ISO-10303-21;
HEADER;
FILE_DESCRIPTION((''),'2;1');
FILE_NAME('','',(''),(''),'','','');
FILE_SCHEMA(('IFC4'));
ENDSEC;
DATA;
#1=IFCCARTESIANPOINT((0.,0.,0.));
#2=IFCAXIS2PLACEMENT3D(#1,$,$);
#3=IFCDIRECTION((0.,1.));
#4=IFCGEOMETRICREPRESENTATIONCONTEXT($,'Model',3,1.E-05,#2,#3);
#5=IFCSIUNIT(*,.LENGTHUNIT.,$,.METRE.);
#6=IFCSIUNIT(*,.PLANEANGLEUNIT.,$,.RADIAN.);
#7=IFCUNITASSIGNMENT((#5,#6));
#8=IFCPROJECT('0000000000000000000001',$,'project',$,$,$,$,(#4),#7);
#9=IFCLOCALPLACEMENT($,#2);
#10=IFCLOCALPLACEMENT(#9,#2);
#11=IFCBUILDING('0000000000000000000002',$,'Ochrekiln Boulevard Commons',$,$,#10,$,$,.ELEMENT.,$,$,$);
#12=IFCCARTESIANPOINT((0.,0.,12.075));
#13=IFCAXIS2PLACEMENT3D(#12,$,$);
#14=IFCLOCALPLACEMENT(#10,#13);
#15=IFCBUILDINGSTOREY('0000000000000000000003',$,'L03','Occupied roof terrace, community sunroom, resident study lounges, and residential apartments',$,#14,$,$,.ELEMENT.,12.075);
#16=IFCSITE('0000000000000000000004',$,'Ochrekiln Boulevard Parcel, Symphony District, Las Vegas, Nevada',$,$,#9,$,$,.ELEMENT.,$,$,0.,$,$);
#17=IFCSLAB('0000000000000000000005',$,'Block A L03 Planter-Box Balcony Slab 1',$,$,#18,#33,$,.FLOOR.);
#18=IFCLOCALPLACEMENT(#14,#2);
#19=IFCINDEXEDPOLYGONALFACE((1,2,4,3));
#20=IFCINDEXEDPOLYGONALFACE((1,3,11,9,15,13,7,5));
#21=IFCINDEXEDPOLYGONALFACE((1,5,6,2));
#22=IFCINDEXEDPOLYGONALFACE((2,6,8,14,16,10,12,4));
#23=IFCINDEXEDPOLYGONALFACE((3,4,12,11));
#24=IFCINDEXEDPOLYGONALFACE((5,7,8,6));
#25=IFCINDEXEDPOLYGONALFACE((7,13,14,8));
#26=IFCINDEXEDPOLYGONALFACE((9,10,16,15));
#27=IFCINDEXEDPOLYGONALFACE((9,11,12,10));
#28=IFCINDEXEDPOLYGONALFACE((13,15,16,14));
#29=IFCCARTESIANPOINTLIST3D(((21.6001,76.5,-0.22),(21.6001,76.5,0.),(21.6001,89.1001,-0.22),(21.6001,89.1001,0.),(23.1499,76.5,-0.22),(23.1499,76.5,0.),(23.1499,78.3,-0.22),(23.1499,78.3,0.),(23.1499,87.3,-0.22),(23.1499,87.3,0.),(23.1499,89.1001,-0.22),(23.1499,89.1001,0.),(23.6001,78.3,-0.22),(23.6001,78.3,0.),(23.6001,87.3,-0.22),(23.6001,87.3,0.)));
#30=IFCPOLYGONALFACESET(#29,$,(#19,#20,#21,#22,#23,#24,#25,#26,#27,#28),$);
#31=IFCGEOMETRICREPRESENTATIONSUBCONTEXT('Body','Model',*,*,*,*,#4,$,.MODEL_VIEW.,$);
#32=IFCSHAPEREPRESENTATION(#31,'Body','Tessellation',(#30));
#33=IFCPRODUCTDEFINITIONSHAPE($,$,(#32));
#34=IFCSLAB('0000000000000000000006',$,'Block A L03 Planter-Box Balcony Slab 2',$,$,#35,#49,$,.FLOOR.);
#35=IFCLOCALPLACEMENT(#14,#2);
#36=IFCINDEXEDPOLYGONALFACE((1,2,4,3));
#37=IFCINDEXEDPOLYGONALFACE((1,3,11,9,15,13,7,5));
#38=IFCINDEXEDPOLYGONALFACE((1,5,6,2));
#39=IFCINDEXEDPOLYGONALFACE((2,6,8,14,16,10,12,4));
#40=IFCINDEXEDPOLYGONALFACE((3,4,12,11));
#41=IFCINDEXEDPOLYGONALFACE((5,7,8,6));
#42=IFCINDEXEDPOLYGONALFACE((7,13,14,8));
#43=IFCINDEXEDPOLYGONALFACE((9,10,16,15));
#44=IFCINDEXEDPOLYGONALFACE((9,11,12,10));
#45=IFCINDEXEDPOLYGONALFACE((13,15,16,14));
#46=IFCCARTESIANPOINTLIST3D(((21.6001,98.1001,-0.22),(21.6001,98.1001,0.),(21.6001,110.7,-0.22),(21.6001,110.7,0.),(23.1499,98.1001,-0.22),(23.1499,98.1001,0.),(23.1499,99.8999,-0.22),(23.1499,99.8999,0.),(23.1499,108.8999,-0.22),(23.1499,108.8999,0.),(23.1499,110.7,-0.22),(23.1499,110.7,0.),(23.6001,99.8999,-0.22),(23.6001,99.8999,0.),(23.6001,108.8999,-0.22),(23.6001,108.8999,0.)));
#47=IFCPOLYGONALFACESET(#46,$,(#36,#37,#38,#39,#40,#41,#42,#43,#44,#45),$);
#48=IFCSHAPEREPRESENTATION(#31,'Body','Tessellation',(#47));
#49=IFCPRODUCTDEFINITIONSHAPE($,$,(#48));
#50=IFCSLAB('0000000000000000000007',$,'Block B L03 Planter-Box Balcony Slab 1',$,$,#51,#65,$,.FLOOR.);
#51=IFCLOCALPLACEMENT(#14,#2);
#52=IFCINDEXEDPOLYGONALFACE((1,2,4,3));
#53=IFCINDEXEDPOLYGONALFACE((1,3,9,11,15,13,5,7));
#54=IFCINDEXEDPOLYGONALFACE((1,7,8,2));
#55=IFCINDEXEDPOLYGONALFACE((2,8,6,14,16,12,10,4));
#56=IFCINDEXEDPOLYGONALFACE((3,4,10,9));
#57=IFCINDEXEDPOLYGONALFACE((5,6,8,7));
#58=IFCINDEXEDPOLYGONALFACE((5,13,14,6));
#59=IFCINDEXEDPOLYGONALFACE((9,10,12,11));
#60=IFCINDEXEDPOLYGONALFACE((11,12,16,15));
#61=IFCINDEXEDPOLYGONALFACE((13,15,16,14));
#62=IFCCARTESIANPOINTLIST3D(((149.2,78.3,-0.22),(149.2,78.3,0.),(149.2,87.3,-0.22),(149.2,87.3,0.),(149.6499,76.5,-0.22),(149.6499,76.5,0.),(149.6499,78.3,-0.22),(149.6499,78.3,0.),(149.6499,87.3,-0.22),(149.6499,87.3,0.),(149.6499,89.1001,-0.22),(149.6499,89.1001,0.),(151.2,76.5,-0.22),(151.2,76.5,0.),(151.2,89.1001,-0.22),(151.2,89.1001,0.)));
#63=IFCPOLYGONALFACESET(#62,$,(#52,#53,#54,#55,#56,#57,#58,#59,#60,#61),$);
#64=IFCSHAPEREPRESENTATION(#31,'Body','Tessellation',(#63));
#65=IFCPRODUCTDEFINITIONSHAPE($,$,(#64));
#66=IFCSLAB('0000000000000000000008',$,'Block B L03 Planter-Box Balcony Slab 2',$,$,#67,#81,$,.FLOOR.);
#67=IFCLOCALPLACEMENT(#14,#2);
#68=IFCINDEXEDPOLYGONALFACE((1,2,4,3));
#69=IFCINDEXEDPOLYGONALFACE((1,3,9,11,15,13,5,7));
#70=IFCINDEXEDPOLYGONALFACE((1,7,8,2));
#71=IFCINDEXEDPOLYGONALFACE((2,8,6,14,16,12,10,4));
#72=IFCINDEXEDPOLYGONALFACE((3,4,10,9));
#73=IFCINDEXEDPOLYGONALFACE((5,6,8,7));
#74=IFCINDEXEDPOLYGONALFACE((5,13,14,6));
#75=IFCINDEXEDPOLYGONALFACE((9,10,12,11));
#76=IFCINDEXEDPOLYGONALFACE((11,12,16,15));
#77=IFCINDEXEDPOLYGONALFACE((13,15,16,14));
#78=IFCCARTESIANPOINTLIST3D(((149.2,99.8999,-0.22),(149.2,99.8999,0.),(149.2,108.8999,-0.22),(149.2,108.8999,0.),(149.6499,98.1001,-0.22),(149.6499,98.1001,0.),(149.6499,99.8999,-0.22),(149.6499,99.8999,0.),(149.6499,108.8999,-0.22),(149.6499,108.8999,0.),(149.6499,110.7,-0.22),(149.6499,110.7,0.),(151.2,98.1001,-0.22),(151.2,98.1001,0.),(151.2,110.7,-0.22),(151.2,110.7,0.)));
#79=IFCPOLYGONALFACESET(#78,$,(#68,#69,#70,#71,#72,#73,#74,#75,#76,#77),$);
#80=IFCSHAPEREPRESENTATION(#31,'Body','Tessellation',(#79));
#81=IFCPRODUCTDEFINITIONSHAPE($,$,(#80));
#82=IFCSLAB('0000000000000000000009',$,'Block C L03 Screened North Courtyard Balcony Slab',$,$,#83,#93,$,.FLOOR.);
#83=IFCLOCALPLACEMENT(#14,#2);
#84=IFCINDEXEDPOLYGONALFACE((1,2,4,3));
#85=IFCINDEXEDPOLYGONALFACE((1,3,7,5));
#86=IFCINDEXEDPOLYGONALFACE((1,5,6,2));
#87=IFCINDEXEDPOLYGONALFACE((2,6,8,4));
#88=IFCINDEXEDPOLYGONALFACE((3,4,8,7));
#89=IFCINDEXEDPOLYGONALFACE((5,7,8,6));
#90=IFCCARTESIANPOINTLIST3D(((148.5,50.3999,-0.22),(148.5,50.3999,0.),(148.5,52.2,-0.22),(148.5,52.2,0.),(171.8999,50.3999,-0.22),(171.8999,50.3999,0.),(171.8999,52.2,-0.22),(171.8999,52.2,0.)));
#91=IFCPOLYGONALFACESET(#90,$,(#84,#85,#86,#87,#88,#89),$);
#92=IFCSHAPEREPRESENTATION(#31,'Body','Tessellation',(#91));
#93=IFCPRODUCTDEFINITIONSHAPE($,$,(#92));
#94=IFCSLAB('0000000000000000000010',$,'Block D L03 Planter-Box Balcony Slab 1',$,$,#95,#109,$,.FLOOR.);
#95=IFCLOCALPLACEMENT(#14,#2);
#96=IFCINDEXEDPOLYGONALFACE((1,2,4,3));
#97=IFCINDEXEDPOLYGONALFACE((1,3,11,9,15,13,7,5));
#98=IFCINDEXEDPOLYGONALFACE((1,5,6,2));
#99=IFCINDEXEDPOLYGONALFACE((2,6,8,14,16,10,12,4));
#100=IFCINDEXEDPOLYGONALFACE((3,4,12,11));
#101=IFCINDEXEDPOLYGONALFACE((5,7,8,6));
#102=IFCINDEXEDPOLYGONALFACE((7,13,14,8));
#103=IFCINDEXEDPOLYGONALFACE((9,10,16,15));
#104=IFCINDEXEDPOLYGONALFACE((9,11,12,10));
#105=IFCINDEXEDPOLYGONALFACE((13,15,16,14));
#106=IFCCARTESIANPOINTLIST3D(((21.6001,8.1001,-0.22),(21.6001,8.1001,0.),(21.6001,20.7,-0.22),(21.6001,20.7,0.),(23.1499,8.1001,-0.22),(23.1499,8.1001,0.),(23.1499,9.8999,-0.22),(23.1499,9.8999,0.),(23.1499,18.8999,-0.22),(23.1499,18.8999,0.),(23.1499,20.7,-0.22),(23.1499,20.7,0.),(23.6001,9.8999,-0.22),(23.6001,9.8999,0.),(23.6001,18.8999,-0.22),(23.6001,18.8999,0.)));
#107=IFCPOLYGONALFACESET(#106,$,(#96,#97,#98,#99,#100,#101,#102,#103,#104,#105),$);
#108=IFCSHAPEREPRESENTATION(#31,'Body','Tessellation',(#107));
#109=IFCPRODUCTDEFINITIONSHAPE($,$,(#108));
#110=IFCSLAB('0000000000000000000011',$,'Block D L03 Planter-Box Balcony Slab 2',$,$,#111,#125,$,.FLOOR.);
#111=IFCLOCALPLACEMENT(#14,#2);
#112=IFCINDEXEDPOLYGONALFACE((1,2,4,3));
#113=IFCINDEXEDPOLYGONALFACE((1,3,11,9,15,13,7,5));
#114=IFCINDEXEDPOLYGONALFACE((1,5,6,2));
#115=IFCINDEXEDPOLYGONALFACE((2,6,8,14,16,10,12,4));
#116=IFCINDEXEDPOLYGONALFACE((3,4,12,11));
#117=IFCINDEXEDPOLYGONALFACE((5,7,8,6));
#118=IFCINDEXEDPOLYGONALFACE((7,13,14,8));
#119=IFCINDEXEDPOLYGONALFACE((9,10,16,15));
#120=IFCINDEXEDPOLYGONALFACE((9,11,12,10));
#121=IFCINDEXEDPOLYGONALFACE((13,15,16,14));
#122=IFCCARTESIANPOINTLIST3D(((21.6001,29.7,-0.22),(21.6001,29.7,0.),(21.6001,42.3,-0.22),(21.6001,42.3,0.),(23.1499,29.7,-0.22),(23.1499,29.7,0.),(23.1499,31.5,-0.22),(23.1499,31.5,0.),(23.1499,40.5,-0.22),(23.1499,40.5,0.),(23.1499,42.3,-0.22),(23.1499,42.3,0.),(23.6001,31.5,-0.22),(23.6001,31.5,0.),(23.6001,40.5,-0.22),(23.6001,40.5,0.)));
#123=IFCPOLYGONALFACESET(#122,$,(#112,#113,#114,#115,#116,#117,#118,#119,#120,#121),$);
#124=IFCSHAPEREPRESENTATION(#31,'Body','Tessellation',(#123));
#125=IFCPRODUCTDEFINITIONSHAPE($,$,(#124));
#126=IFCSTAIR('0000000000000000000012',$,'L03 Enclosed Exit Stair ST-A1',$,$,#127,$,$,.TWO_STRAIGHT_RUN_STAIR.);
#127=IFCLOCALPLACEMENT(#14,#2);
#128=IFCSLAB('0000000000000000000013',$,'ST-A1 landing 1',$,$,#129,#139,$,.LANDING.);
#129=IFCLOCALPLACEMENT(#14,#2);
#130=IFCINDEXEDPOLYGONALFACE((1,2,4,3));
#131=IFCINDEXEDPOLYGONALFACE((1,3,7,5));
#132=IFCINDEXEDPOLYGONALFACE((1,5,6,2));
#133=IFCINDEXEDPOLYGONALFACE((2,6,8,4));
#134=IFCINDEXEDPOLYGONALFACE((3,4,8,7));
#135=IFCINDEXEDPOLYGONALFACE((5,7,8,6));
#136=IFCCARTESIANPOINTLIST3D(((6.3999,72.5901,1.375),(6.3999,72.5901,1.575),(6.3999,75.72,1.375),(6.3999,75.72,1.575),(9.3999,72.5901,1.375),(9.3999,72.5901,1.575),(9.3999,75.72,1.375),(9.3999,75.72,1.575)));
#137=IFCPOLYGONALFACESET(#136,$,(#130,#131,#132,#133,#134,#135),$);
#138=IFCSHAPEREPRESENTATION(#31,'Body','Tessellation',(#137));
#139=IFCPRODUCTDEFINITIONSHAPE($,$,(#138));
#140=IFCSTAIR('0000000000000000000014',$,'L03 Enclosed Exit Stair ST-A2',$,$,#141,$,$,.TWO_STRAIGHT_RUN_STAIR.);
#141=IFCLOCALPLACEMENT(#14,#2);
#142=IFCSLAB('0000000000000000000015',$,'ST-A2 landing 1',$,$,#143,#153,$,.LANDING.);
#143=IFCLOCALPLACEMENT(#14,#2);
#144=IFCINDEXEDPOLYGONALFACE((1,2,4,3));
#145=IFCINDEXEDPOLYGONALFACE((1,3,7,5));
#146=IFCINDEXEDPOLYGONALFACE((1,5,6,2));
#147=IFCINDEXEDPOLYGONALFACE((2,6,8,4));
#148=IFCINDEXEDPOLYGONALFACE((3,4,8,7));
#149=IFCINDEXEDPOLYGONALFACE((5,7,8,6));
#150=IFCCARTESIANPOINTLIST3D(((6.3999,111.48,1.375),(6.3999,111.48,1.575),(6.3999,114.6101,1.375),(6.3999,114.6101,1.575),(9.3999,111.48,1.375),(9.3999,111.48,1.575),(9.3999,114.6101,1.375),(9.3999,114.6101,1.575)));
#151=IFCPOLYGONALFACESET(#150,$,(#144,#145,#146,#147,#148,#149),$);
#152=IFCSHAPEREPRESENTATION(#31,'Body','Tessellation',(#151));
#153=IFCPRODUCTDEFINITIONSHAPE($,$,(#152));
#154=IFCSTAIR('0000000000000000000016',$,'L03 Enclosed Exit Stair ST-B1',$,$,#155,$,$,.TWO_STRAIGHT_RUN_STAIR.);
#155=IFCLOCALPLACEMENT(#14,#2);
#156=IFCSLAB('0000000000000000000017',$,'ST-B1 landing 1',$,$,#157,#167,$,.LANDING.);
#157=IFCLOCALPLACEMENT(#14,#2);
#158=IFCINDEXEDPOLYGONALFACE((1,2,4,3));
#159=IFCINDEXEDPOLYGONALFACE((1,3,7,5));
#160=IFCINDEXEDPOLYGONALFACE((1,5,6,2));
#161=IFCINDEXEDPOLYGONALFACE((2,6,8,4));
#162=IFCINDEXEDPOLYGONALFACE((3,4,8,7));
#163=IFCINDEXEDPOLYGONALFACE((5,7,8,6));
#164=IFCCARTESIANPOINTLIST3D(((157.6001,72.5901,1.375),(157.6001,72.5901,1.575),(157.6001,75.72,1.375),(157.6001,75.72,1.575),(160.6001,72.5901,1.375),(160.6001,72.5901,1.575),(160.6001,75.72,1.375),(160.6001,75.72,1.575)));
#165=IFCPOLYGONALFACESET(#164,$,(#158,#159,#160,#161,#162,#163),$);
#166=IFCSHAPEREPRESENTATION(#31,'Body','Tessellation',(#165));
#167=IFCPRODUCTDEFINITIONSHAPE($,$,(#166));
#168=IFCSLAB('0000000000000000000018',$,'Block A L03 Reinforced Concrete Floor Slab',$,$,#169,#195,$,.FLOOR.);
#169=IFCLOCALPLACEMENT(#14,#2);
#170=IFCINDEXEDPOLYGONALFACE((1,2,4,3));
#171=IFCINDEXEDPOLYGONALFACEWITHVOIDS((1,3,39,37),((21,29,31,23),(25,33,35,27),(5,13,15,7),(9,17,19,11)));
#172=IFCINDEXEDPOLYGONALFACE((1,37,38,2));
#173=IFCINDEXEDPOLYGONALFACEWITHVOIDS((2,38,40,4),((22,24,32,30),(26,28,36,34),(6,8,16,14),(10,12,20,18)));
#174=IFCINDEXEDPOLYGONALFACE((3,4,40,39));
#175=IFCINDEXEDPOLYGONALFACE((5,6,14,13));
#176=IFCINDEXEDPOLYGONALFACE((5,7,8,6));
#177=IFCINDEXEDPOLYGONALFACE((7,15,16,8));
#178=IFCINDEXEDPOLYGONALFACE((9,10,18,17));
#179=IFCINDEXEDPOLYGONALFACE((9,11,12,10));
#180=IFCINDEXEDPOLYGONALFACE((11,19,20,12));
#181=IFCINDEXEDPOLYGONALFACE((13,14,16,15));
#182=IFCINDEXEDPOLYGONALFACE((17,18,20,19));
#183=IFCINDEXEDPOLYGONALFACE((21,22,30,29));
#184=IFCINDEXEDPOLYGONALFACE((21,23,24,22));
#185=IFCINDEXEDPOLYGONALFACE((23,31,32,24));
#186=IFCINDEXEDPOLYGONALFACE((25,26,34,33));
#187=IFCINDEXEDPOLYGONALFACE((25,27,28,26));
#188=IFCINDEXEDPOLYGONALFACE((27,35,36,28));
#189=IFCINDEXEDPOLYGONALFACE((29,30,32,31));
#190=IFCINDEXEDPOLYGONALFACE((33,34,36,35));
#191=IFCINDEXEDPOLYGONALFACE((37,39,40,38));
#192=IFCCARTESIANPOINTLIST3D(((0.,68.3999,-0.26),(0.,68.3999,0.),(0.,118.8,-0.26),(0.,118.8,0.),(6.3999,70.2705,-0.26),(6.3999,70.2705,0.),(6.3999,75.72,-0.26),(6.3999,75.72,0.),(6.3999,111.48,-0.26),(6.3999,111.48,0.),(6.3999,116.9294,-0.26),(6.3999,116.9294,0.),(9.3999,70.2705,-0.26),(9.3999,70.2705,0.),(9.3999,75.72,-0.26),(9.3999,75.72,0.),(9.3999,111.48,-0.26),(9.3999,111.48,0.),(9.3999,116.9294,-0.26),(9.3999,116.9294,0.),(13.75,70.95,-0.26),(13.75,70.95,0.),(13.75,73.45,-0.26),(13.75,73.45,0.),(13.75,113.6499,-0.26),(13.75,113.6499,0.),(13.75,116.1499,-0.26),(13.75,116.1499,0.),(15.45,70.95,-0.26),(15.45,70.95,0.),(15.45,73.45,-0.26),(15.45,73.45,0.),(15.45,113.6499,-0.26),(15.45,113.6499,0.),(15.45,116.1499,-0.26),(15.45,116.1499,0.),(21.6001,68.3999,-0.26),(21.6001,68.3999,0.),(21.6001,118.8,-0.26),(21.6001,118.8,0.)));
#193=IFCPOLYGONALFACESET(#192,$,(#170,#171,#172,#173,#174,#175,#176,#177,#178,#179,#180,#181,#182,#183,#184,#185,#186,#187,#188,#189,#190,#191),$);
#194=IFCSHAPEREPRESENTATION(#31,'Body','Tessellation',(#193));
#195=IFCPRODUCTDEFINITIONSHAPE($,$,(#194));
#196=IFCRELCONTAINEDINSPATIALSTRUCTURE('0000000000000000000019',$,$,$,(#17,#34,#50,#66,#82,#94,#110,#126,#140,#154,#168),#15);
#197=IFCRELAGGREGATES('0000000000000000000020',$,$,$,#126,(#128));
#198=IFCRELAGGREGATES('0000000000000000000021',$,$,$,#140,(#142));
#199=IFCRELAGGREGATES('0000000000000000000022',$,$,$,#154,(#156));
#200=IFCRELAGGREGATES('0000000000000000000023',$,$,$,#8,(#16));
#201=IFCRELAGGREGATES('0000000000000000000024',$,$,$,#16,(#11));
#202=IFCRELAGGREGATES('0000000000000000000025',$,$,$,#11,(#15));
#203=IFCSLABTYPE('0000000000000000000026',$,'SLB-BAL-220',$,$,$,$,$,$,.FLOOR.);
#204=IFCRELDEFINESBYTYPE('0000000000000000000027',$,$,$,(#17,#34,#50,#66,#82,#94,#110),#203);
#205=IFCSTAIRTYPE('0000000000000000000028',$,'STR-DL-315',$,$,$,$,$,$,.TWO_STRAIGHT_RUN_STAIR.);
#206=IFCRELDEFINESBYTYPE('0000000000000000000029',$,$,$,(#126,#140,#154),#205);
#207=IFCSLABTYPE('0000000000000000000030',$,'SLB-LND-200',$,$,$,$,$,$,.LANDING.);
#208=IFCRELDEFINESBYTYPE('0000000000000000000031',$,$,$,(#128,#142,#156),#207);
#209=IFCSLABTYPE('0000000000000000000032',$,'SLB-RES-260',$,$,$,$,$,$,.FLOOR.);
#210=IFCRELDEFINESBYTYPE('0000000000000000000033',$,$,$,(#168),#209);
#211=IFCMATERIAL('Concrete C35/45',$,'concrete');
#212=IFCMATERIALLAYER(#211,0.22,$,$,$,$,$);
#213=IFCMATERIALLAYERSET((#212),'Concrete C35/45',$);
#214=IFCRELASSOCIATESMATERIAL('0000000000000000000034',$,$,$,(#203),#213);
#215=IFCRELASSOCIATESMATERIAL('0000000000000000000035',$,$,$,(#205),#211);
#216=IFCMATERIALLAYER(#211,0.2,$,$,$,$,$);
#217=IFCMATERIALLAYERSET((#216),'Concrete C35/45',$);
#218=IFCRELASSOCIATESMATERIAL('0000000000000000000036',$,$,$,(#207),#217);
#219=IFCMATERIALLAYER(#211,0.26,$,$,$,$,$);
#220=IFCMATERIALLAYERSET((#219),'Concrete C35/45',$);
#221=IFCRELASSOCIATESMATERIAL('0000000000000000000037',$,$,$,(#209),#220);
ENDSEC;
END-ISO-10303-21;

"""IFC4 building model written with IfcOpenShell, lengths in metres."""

from ifc_helpers import new_model, si_unit, direction, frame, origin, place, context, subcontext, project, spatial, polyline, outline, extrude, material, layer, layer_set, type_object, element, aggregate, save


model = new_model("IFC4")

# Units and contexts
model_context = context("Model", 3, precision=1e-05, world=origin(), true_north=direction((0.0, 1.0)))
body_context = subcontext(model_context, "Body", "Model", "MODEL_VIEW")
ifc_project = project(units=[si_unit("LENGTHUNIT", "METRE"), si_unit("PLANEANGLEUNIT", "RADIAN")], contexts=[model_context])

# Site, building, storey
site_placement = place(None, origin())
site = spatial("IfcSite", under=ifc_project, at=site_placement, Name="Ochrekiln Boulevard Parcel, Symphony District, Las Vegas, Nevada", CompositionType="ELEMENT", RefElevation=0.0)
building_placement = place(site_placement, origin())
building = spatial("IfcBuilding", under=site, at=building_placement, Name="Ochrekiln Boulevard Commons", CompositionType="ELEMENT")
storey_placement = place(building_placement, frame((0.0, 0.0, 12.075)))
storey = spatial("IfcBuildingStorey", under=building, at=storey_placement, Name="L03", Description="Occupied roof terrace, community sunroom, resident study lounges, and residential apartments", CompositionType="ELEMENT", Elevation=12.075)

# Slabs
ifc_material_1 = material(Name="Concrete C35/45", Category="concrete")
ifc_layer_1 = layer(ifc_material_1, 0.22)
ifc_layer_set_1 = layer_set([ifc_layer_1], Name="Concrete C35/45")
slab_type_1 = type_object("IfcSlabType", Name="SLB-BAL-220", PredefinedType="FLOOR", material=ifc_layer_set_1)
slab_1_placement = place(storey_placement, frame((0.0, 0.0, -0.22)))
element("IfcSlab", 1, at=slab_1_placement, inside=storey, type_object=slab_type_1, Name="Block A L03 Planter-Box Balcony Slab 1", PredefinedType="FLOOR", context=body_context, shape_type="SweptSolid", body=[
    extrude(outline(polyline([(21.6001, 76.5), (23.1499, 76.5), (23.1499, 78.3), (23.6001, 78.3), (23.6001, 87.3), (23.1499, 87.3), (23.1499, 89.1001), (21.6001, 89.1001), (21.6001, 76.5)])), origin(), (0.0, 0.0, 1.0), 0.22),
])
slab_2_placement = place(storey_placement, frame((0.0, 0.0, -0.22)))
element("IfcSlab", 2, at=slab_2_placement, inside=storey, type_object=slab_type_1, Name="Block A L03 Planter-Box Balcony Slab 2", PredefinedType="FLOOR", context=body_context, shape_type="SweptSolid", body=[
    extrude(outline(polyline([(21.6001, 98.1001), (23.1499, 98.1001), (23.1499, 99.8999), (23.6001, 99.8999), (23.6001, 108.8999), (23.1499, 108.8999), (23.1499, 110.7), (21.6001, 110.7), (21.6001, 98.1001)])), origin(), (0.0, 0.0, 1.0), 0.22),
])
slab_3_placement = place(storey_placement, frame((0.0, 0.0, -0.22)))
element("IfcSlab", 3, at=slab_3_placement, inside=storey, type_object=slab_type_1, Name="Block B L03 Planter-Box Balcony Slab 1", PredefinedType="FLOOR", context=body_context, shape_type="SweptSolid", body=[
    extrude(outline(polyline([(151.2, 76.5), (151.2, 89.1001), (149.6499, 89.1001), (149.6499, 87.3), (149.2, 87.3), (149.2, 78.3), (149.6499, 78.3), (149.6499, 76.5), (151.2, 76.5)])), origin(), (0.0, 0.0, 1.0), 0.22),
])
slab_4_placement = place(storey_placement, frame((0.0, 0.0, -0.22)))
element("IfcSlab", 4, at=slab_4_placement, inside=storey, type_object=slab_type_1, Name="Block B L03 Planter-Box Balcony Slab 2", PredefinedType="FLOOR", context=body_context, shape_type="SweptSolid", body=[
    extrude(outline(polyline([(151.2, 98.1001), (151.2, 110.7), (149.6499, 110.7), (149.6499, 108.8999), (149.2, 108.8999), (149.2, 99.8999), (149.6499, 99.8999), (149.6499, 98.1001), (151.2, 98.1001)])), origin(), (0.0, 0.0, 1.0), 0.22),
])
slab_5_placement = place(storey_placement, frame((0.0, 0.0, -0.22)))
element("IfcSlab", 5, at=slab_5_placement, inside=storey, type_object=slab_type_1, Name="Block C L03 Screened North Courtyard Balcony Slab", PredefinedType="FLOOR", context=body_context, shape_type="SweptSolid", body=[
    extrude(outline(polyline([(148.5, 50.3999), (171.8999, 50.3999), (171.8999, 52.2), (148.5, 52.2), (148.5, 50.3999)])), origin(), (0.0, 0.0, 1.0), 0.22),
])
slab_6_placement = place(storey_placement, frame((0.0, 0.0, -0.22)))
element("IfcSlab", 6, at=slab_6_placement, inside=storey, type_object=slab_type_1, Name="Block D L03 Planter-Box Balcony Slab 1", PredefinedType="FLOOR", context=body_context, shape_type="SweptSolid", body=[
    extrude(outline(polyline([(21.6001, 8.1001), (23.1499, 8.1001), (23.1499, 9.8999), (23.6001, 9.8999), (23.6001, 18.8999), (23.1499, 18.8999), (23.1499, 20.7), (21.6001, 20.7), (21.6001, 8.1001)])), origin(), (0.0, 0.0, 1.0), 0.22),
])
slab_7_placement = place(storey_placement, frame((0.0, 0.0, -0.22)))
element("IfcSlab", 7, at=slab_7_placement, inside=storey, type_object=slab_type_1, Name="Block D L03 Planter-Box Balcony Slab 2", PredefinedType="FLOOR", context=body_context, shape_type="SweptSolid", body=[
    extrude(outline(polyline([(21.6001, 29.7), (23.1499, 29.7), (23.1499, 31.5), (23.6001, 31.5), (23.6001, 40.5), (23.1499, 40.5), (23.1499, 42.3), (21.6001, 42.3), (21.6001, 29.7)])), origin(), (0.0, 0.0, 1.0), 0.22),
])

# Stairs, slabs
stair_type = type_object("IfcStairType", Name="STR-DL-315", PredefinedType="TWO_STRAIGHT_RUN_STAIR", material=ifc_material_1)
stair_1_placement = place(storey_placement, origin())
stair_1 = element("IfcStair", 8, at=stair_1_placement, inside=storey, type_object=stair_type, Name="L03 Enclosed Exit Stair ST-A1", PredefinedType="TWO_STRAIGHT_RUN_STAIR")
ifc_layer_2 = layer(ifc_material_1, 0.2)
ifc_layer_set_2 = layer_set([ifc_layer_2], Name="Concrete C35/45")
slab_type_2 = type_object("IfcSlabType", Name="SLB-LND-200", PredefinedType="LANDING", material=ifc_layer_set_2)
slab_8_placement = place(storey_placement, frame((0.0, 0.0, 1.375)))
slab_8 = element("IfcSlab", 9, at=slab_8_placement, type_object=slab_type_2, Name="ST-A1 landing 1", PredefinedType="LANDING", context=body_context, shape_type="SweptSolid", body=[
    extrude(outline(polyline([(9.3999, 72.5901), (9.3999, 75.72), (6.3999, 75.72), (6.3999, 72.5901), (9.3999, 72.5901)])), origin(), (0.0, 0.0, 1.0), 0.2),
])
aggregate(stair_1, [slab_8])
stair_2_placement = place(storey_placement, origin())
stair_2 = element("IfcStair", 10, at=stair_2_placement, inside=storey, type_object=stair_type, Name="L03 Enclosed Exit Stair ST-A2", PredefinedType="TWO_STRAIGHT_RUN_STAIR")
slab_9_placement = place(storey_placement, frame((0.0, 0.0, 1.375)))
slab_9 = element("IfcSlab", 11, at=slab_9_placement, type_object=slab_type_2, Name="ST-A2 landing 1", PredefinedType="LANDING", context=body_context, shape_type="SweptSolid", body=[
    extrude(outline(polyline([(6.3999, 114.6101), (6.3999, 111.48), (9.3999, 111.48), (9.3999, 114.6101), (6.3999, 114.6101)])), origin(), (0.0, 0.0, 1.0), 0.2),
])
aggregate(stair_2, [slab_9])
stair_3_placement = place(storey_placement, origin())
stair_3 = element("IfcStair", 12, at=stair_3_placement, inside=storey, type_object=stair_type, Name="L03 Enclosed Exit Stair ST-B1", PredefinedType="TWO_STRAIGHT_RUN_STAIR")
slab_10_placement = place(storey_placement, frame((0.0, 0.0, 1.375)))
slab_10 = element("IfcSlab", 13, at=slab_10_placement, type_object=slab_type_2, Name="ST-B1 landing 1", PredefinedType="LANDING", context=body_context, shape_type="SweptSolid", body=[
    extrude(outline(polyline([(160.6001, 72.5901), (160.6001, 75.72), (157.6001, 75.72), (157.6001, 72.5901), (160.6001, 72.5901)])), origin(), (0.0, 0.0, 1.0), 0.2),
])
aggregate(stair_3, [slab_10])

# Slab
ifc_layer_3 = layer(ifc_material_1, 0.26)
ifc_layer_set_3 = layer_set([ifc_layer_3], Name="Concrete C35/45")
slab_type_3 = type_object("IfcSlabType", Name="SLB-RES-260", PredefinedType="FLOOR", material=ifc_layer_set_3)
slab_11_placement = place(storey_placement, frame((0.0, 0.0, -0.26)))
element("IfcSlab", 14, at=slab_11_placement, inside=storey, type_object=slab_type_3, Name="Block A L03 Reinforced Concrete Floor Slab", PredefinedType="FLOOR", context=body_context, shape_type="SweptSolid", body=[
    extrude(outline(polyline([(0.0, 68.3999), (21.6001, 68.3999), (21.6001, 118.8), (0.0, 118.8), (0.0, 68.3999)]), holes=[polyline([(9.3999, 70.2705), (9.3999, 75.72), (6.3999, 75.72), (6.3999, 70.2705), (9.3999, 70.2705)]), polyline([(6.3999, 116.9294), (6.3999, 111.48), (9.3999, 111.48), (9.3999, 116.9294), (6.3999, 116.9294)]), polyline([(13.75, 70.95), (15.45, 70.95), (15.45, 73.45), (13.75, 73.45), (13.75, 70.95)]), polyline([(13.75, 113.6499), (15.45, 113.6499), (15.45, 116.1499), (13.75, 116.1499), (13.75, 113.6499)])]), origin(), (0.0, 0.0, 1.0), 0.26),
])

save(model, "model.ifc")
